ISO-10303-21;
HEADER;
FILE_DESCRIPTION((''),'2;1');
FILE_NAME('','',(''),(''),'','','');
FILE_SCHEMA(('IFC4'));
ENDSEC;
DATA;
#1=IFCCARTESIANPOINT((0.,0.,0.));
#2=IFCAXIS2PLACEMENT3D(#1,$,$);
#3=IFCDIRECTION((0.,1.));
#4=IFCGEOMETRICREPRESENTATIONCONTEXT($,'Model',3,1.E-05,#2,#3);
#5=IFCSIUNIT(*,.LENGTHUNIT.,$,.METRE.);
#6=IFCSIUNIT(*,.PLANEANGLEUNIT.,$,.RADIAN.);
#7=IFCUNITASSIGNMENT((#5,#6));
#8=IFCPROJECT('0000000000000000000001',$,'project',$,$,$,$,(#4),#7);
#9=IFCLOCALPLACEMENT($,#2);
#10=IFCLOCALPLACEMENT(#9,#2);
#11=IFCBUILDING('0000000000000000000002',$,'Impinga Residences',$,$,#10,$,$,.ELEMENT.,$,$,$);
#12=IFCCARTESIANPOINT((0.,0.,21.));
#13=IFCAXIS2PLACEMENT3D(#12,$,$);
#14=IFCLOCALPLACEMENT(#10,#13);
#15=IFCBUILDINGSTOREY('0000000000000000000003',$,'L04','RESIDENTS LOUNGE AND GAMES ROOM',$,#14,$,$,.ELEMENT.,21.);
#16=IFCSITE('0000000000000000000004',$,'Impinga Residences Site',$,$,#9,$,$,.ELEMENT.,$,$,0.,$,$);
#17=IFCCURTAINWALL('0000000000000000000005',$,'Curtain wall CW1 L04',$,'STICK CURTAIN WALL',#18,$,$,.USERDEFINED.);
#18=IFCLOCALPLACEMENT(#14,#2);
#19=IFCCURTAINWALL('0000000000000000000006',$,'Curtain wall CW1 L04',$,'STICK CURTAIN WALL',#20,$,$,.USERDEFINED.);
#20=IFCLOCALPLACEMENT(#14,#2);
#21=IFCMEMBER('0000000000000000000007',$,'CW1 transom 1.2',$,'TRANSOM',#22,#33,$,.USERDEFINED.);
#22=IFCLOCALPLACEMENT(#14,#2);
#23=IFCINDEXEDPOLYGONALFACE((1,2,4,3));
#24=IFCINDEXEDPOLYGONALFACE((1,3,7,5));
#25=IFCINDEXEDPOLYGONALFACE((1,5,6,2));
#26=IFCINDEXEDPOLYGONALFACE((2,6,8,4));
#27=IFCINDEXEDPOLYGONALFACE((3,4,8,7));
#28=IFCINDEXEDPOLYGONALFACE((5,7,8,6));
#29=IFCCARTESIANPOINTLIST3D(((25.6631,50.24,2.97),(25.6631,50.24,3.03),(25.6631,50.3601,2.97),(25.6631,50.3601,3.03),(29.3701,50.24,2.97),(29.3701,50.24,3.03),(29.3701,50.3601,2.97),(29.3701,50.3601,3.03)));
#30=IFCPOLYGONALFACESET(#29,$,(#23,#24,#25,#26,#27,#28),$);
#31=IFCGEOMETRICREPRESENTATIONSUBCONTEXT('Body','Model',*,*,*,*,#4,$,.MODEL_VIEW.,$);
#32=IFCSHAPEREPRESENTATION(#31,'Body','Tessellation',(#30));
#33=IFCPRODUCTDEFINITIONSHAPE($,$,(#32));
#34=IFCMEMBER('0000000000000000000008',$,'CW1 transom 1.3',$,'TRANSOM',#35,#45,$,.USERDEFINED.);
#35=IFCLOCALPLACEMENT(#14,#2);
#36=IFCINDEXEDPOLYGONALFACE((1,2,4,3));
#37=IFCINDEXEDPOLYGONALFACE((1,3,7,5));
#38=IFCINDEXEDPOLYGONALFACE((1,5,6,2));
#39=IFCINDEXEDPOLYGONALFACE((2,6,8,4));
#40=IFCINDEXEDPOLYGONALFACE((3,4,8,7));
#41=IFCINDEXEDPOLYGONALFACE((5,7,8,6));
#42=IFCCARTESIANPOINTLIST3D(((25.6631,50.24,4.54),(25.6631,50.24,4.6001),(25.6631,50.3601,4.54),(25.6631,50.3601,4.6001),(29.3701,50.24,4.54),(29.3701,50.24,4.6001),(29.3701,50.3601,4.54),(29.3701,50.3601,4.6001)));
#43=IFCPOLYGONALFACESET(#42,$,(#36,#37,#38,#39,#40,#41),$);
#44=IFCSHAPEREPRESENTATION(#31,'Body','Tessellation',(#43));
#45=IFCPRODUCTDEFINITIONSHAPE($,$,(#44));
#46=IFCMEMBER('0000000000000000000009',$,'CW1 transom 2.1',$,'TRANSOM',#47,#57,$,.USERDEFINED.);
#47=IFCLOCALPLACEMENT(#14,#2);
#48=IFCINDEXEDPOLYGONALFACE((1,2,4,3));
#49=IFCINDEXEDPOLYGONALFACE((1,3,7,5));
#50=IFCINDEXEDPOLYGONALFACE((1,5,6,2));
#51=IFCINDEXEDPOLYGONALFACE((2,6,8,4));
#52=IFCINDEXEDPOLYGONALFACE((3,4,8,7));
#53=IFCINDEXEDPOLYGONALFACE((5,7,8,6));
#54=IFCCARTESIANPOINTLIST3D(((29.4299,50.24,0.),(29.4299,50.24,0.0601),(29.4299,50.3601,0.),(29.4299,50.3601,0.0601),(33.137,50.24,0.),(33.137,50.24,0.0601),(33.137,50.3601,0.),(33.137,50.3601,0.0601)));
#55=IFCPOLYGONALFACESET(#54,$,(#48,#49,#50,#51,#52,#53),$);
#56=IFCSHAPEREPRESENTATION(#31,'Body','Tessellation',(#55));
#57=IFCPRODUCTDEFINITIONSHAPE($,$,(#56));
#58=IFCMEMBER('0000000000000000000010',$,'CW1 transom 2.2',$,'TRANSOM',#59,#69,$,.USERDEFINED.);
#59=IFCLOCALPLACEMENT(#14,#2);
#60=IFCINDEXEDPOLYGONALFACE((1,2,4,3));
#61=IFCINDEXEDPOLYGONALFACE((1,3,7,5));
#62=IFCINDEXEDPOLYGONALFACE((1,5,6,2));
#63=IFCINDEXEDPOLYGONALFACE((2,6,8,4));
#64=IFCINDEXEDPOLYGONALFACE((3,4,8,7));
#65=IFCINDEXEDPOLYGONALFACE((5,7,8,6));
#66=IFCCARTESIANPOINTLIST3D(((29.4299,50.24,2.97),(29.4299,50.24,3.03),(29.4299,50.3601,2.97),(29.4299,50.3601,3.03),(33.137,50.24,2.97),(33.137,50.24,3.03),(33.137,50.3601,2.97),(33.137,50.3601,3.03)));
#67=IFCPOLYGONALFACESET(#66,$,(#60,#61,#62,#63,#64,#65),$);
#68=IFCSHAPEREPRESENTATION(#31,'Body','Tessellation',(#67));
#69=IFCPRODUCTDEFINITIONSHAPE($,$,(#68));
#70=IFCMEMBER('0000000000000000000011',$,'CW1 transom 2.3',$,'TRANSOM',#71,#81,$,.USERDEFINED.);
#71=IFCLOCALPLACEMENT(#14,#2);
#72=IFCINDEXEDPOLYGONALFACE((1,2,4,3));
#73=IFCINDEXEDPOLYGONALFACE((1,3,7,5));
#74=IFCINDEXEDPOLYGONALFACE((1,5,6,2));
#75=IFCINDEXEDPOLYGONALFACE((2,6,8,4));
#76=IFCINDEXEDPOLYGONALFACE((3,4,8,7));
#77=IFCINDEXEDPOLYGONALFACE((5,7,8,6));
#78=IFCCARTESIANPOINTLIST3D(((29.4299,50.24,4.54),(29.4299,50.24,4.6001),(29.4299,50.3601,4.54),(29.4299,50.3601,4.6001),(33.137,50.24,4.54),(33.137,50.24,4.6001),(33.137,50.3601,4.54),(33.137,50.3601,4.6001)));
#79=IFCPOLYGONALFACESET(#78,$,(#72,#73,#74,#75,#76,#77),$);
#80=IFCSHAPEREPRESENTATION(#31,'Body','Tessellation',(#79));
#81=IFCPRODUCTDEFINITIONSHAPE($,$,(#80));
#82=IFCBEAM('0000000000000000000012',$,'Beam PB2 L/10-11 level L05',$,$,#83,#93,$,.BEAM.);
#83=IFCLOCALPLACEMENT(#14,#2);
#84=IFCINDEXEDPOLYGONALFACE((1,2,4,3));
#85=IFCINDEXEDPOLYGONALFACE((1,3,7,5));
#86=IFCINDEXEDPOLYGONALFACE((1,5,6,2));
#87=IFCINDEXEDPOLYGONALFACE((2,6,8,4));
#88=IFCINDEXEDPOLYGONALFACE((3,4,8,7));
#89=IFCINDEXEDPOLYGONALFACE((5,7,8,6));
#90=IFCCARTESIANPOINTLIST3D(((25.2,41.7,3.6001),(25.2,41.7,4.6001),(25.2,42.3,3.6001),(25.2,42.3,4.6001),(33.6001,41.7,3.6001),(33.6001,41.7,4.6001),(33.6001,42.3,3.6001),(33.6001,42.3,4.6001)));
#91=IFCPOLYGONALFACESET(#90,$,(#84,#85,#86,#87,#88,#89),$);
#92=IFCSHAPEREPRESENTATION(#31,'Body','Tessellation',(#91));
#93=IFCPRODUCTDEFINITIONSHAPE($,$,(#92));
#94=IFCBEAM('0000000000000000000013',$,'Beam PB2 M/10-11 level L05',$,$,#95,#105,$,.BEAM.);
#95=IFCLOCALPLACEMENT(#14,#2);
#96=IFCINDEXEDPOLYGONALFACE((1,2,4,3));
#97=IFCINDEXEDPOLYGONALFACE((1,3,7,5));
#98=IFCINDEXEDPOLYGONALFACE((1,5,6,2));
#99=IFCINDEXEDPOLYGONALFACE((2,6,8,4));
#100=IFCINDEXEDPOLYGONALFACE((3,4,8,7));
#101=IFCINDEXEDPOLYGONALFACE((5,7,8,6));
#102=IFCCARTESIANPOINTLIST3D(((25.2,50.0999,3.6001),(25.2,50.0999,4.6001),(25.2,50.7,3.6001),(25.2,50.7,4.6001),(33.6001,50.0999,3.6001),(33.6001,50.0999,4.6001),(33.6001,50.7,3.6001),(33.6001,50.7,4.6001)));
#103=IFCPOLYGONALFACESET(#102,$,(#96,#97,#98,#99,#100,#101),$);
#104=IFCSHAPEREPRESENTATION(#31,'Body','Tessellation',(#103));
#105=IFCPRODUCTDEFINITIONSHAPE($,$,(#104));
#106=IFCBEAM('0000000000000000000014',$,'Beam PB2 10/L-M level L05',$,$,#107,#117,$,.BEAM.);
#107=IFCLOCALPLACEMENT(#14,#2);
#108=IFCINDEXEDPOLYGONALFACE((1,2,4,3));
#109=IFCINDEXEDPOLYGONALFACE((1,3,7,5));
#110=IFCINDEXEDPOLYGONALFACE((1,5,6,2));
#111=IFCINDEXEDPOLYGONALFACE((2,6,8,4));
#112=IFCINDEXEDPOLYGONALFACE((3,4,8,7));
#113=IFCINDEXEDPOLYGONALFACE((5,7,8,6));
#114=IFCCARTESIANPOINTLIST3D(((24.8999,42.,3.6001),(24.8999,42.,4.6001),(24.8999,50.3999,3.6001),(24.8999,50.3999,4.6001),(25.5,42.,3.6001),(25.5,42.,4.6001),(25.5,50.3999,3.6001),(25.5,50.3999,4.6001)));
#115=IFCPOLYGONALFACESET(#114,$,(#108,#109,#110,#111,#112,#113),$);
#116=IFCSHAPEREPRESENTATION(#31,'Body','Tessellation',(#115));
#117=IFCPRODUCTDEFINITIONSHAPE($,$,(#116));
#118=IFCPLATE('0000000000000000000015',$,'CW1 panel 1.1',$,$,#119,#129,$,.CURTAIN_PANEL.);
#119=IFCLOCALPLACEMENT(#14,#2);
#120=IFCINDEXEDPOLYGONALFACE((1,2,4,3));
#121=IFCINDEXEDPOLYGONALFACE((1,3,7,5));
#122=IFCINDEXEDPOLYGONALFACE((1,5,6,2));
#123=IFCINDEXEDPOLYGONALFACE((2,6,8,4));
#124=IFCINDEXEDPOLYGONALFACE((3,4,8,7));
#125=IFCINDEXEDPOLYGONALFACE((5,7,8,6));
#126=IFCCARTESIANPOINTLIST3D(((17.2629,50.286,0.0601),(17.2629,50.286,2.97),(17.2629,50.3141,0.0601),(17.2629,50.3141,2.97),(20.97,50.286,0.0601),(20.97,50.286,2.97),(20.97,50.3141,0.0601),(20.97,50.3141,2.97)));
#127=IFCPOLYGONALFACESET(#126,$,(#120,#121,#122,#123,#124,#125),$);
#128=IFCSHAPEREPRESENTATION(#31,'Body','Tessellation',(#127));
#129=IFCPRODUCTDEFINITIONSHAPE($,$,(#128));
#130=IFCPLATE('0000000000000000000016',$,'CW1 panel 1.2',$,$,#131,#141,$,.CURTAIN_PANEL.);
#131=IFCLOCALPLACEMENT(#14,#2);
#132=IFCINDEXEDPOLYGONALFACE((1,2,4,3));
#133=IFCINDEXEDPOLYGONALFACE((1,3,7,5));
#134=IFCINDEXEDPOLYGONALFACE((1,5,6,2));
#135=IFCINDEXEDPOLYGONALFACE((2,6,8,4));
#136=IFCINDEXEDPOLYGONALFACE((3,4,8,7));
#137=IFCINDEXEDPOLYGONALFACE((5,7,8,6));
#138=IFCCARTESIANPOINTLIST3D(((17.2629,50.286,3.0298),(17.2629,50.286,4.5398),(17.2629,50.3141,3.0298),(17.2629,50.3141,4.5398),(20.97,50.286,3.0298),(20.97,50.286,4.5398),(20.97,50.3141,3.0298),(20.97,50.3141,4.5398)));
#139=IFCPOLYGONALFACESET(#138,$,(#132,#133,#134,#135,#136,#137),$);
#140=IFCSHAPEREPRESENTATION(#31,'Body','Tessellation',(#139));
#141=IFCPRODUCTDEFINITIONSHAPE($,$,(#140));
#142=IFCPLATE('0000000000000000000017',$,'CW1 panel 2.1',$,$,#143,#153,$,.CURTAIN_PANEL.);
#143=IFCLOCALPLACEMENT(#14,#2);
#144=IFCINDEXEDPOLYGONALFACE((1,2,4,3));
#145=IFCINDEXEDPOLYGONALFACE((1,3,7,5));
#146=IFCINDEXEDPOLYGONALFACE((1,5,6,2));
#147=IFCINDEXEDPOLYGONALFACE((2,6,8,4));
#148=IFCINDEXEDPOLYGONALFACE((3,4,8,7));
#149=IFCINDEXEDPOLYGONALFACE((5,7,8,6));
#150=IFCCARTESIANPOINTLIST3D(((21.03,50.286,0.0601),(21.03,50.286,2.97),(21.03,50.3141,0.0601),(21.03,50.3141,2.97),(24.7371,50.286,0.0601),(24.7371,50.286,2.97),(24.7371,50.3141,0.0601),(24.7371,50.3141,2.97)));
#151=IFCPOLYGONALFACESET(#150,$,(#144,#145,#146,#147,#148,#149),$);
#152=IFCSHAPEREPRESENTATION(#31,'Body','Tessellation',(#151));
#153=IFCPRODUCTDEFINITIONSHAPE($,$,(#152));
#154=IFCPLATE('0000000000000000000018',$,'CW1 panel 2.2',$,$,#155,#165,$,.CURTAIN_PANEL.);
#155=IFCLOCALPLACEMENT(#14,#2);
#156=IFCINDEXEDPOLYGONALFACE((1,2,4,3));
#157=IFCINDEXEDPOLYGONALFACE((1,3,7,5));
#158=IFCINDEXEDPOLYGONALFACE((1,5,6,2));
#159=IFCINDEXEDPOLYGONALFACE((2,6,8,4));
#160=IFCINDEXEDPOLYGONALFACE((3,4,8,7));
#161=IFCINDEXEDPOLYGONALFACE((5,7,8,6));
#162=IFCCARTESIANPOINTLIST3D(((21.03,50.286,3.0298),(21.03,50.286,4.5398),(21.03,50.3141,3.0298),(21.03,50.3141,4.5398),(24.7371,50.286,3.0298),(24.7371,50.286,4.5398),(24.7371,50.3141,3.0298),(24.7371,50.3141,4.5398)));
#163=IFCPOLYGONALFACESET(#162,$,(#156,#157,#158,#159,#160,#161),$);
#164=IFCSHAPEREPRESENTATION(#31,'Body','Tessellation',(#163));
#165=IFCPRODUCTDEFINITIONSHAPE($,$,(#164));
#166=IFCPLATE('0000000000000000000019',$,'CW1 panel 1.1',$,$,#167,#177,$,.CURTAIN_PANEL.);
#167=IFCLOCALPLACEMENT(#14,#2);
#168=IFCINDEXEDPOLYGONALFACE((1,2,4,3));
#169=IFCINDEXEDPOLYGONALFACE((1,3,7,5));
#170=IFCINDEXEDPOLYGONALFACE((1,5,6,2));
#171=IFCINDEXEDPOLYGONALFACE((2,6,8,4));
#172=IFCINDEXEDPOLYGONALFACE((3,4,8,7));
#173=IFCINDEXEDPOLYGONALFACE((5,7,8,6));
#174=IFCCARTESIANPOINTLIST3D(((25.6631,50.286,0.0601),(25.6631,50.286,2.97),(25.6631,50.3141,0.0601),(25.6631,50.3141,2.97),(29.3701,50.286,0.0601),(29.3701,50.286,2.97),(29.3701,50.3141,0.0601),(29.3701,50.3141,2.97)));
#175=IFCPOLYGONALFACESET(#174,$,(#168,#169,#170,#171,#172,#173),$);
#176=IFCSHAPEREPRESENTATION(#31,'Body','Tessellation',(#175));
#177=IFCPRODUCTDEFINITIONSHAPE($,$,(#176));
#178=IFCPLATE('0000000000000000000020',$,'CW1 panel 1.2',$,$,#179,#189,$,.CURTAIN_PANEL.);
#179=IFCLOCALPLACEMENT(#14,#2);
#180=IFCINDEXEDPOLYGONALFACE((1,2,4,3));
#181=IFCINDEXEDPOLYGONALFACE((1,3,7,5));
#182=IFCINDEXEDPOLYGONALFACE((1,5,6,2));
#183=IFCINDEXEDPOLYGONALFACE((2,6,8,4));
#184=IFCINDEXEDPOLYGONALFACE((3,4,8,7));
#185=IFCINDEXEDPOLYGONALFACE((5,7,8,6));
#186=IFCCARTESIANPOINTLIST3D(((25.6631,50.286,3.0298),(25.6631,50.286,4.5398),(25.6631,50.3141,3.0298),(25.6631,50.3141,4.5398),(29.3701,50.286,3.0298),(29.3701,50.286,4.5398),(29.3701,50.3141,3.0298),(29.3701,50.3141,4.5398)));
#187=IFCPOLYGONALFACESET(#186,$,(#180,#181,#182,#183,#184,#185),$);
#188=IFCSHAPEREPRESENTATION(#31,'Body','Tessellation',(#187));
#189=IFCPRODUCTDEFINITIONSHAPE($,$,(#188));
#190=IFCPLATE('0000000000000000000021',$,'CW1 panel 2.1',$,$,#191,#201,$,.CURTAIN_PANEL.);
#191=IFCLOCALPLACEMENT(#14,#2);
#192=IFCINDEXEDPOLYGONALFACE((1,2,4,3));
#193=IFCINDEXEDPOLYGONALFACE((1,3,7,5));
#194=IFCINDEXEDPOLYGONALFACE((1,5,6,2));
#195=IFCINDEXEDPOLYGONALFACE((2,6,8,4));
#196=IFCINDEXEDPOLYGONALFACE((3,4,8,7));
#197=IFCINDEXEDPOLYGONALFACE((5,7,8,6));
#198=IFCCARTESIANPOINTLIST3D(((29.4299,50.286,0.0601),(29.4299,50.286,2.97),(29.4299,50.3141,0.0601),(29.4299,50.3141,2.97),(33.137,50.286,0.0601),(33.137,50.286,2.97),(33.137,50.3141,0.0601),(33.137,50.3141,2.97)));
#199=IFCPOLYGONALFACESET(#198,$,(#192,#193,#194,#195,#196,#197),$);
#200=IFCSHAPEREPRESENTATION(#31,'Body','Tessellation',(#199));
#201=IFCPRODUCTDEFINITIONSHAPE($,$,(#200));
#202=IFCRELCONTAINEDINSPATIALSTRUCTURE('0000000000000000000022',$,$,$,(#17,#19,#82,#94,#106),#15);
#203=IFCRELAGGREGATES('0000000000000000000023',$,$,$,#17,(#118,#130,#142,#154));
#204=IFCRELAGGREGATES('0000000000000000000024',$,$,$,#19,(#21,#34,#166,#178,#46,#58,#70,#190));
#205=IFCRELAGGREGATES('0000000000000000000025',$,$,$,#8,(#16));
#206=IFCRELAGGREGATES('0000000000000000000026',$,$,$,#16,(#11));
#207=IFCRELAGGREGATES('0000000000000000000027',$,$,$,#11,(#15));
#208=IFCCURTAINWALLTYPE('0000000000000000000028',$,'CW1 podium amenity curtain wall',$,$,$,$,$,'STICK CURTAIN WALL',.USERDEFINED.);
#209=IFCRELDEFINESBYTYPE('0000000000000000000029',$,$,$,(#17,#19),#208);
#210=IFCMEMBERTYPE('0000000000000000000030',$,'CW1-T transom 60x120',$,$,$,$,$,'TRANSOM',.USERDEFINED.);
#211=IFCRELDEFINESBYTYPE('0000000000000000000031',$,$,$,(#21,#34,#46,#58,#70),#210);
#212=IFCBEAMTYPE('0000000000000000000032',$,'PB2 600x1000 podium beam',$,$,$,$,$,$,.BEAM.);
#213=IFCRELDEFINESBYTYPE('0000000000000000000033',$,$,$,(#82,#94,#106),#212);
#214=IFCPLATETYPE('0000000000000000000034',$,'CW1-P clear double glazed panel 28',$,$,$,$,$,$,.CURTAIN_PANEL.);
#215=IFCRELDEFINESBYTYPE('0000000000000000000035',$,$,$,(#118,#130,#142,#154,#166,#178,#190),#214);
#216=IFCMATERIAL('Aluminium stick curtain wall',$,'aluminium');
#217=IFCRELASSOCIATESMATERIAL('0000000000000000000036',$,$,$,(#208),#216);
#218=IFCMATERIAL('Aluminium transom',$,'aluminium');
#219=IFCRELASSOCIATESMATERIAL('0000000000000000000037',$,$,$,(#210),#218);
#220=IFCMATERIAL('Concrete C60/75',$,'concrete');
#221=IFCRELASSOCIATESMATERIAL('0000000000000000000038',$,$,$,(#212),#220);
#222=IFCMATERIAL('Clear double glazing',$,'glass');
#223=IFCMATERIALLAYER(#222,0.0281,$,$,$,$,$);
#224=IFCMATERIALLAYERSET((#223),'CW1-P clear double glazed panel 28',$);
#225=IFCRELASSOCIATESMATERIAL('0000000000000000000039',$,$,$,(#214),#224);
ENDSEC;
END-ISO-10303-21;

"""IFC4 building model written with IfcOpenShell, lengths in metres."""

from ifc_helpers import new_model, si_unit, direction, frame, origin, origin_2d, place, context, subcontext, project, spatial, rectangle, extrude, material, layer, layer_set, material_profile, profile_set, type_object, element, aggregate, save


model = new_model("IFC4")

# Units and contexts
model_context = context("Model", 3, precision=1e-05, world=origin(), true_north=direction((0.0, 1.0)))
body_context = subcontext(model_context, "Body", "Model", "MODEL_VIEW")
ifc_project = project(units=[si_unit("LENGTHUNIT", "METRE"), si_unit("PLANEANGLEUNIT", "RADIAN")], contexts=[model_context])

# Site, building, storey
site_placement = place(None, origin())
site = spatial("IfcSite", under=ifc_project, at=site_placement, Name="Impinga Residences Site", CompositionType="ELEMENT", RefElevation=0.0)
building_placement = place(site_placement, origin())
building = spatial("IfcBuilding", under=site, at=building_placement, Name="Impinga Residences", CompositionType="ELEMENT")
storey_placement = place(building_placement, frame((0.0, 0.0, 21.0)))
storey = spatial("IfcBuildingStorey", under=building, at=storey_placement, Name="L04", Description="RESIDENTS LOUNGE AND GAMES ROOM", CompositionType="ELEMENT", Elevation=21.0)

# Curtain walls
ifc_material_1 = material(Name="Aluminium stick curtain wall", Category="aluminium")
curtain_wall_type = type_object("IfcCurtainWallType", Name="CW1 podium amenity curtain wall", ElementType="STICK CURTAIN WALL", PredefinedType="USERDEFINED", material=ifc_material_1)
curtain_wall_1_placement = place(storey_placement, origin())
curtain_wall_1 = element("IfcCurtainWall", 1, at=curtain_wall_1_placement, inside=storey, type_object=curtain_wall_type, Name="Curtain wall CW1 L04", ObjectType="STICK CURTAIN WALL", PredefinedType="USERDEFINED")
curtain_wall_2_placement = place(storey_placement, origin())
curtain_wall_2 = element("IfcCurtainWall", 2, at=curtain_wall_2_placement, inside=storey, type_object=curtain_wall_type, Name="Curtain wall CW1 L04", ObjectType="STICK CURTAIN WALL", PredefinedType="USERDEFINED")

# Members
ifc_material_2 = material(Name="Aluminium transom", Category="aluminium")
ifc_material_profile_1 = material_profile(ifc_material_2, rectangle(XDim=0.0601, YDim=0.1201, at=origin_2d()), Name="60x120 transom")
ifc_profile_set_1 = profile_set([ifc_material_profile_1], Name="Aluminium transom")
member_type_1 = type_object("IfcMemberType", Name="CW1-T transom 60x120", ElementType="TRANSOM", PredefinedType="USERDEFINED", material=ifc_profile_set_1)
member_1_placement = place(storey_placement, frame((25.6631, 50.3, 3.0), z_axis=(1.0, 0.0, 0.0), x_axis=(0.0, 0.0, 1.0)))
member_1 = element("IfcMember", 3, at=member_1_placement, type_object=member_type_1, Name="CW1 transom 1.2", ObjectType="TRANSOM", PredefinedType="USERDEFINED", context=body_context, shape_type="SweptSolid", body=[
    extrude(rectangle(XDim=0.0601, YDim=0.1201, at=origin_2d()), origin(), (0.0, 0.0, 1.0), 3.707),
])
member_2_placement = place(storey_placement, frame((25.6631, 50.3, 4.5701), z_axis=(1.0, 0.0, 0.0), x_axis=(0.0, 0.0, 1.0)))
member_2 = element("IfcMember", 4, at=member_2_placement, type_object=member_type_1, Name="CW1 transom 1.3", ObjectType="TRANSOM", PredefinedType="USERDEFINED", context=body_context, shape_type="SweptSolid", body=[
    extrude(rectangle(XDim=0.0601, YDim=0.1201, at=origin_2d()), origin(), (0.0, 0.0, 1.0), 3.707),
])
member_3_placement = place(storey_placement, frame((29.4299, 50.3, 0.03), z_axis=(1.0, 0.0, 0.0), x_axis=(0.0, 0.0, 1.0)))
member_3 = element("IfcMember", 5, at=member_3_placement, type_object=member_type_1, Name="CW1 transom 2.1", ObjectType="TRANSOM", PredefinedType="USERDEFINED", context=body_context, shape_type="SweptSolid", body=[
    extrude(rectangle(XDim=0.0601, YDim=0.1201, at=origin_2d()), origin(), (0.0, 0.0, 1.0), 3.707),
])
member_4_placement = place(storey_placement, frame((29.4299, 50.3, 3.0), z_axis=(1.0, 0.0, 0.0), x_axis=(0.0, 0.0, 1.0)))
member_4 = element("IfcMember", 6, at=member_4_placement, type_object=member_type_1, Name="CW1 transom 2.2", ObjectType="TRANSOM", PredefinedType="USERDEFINED", context=body_context, shape_type="SweptSolid", body=[
    extrude(rectangle(XDim=0.0601, YDim=0.1201, at=origin_2d()), origin(), (0.0, 0.0, 1.0), 3.707),
])
member_5_placement = place(storey_placement, frame((29.4299, 50.3, 4.5701), z_axis=(1.0, 0.0, 0.0), x_axis=(0.0, 0.0, 1.0)))
member_5 = element("IfcMember", 7, at=member_5_placement, type_object=member_type_1, Name="CW1 transom 2.3", ObjectType="TRANSOM", PredefinedType="USERDEFINED", context=body_context, shape_type="SweptSolid", body=[
    extrude(rectangle(XDim=0.0601, YDim=0.1201, at=origin_2d()), origin(), (0.0, 0.0, 1.0), 3.707),
])

# Beams
ifc_material_3 = material(Name="Concrete C60/75", Category="concrete")
ifc_material_profile_2 = material_profile(ifc_material_3, rectangle(XDim=0.6001, YDim=1.0, at=origin_2d()), Name="RC 600x1000")
ifc_profile_set_2 = profile_set([ifc_material_profile_2], Name="Concrete C60/75")
beam_type = type_object("IfcBeamType", Name="PB2 600x1000 podium beam", PredefinedType="BEAM", material=ifc_profile_set_2)
for number, where, z_axis, x_axis, name in (
    (8, (25.2, 42.0, 4.1001), (1.0, 0.0, 0.0), (0.0, 1.0, 0.0), "Beam PB2 L/10-11 level L05"),
    (9, (25.2, 50.3999, 4.1001), (1.0, 0.0, 0.0), (0.0, 1.0, 0.0), "Beam PB2 M/10-11 level L05"),
):
    element("IfcBeam", number, at=place(storey_placement, frame(where, z_axis=z_axis, x_axis=x_axis)), inside=storey, type_object=beam_type, Name=name, PredefinedType="BEAM", context=body_context, shape_type="SweptSolid", body=[
        extrude(rectangle(XDim=0.6001, YDim=1.0, at=origin_2d()), origin(), (0.0, 0.0, 1.0), 8.4001),
    ])
beam_placement = place(storey_placement, frame((25.2, 42.0, 4.1001), z_axis=(0.0, 1.0, 0.0), x_axis=(-1.0, 0.0, 0.0)))
element("IfcBeam", 10, at=beam_placement, inside=storey, type_object=beam_type, Name="Beam PB2 10/L-M level L05", PredefinedType="BEAM", context=body_context, shape_type="SweptSolid", body=[
    extrude(rectangle(XDim=0.6001, YDim=1.0, at=origin_2d()), origin(), (0.0, 0.0, 1.0), 8.3999),
])

# Plates
ifc_material_4 = material(Name="Clear double glazing", Category="glass")
ifc_layer = layer(ifc_material_4, 0.0281)
ifc_layer_set = layer_set([ifc_layer], Name="CW1-P clear double glazed panel 28")
plate_type = type_object("IfcPlateType", Name="CW1-P clear double glazed panel 28", PredefinedType="CURTAIN_PANEL", material=ifc_layer_set)
plate_1_placement = place(storey_placement, frame((19.1165, 50.3, 0.0601), z_axis=(0.0, 0.0, 1.0), x_axis=(1.0, 0.0, 0.0)))
plate_1 = element("IfcPlate", 11, at=plate_1_placement, type_object=plate_type, Name="CW1 panel 1.1", PredefinedType="CURTAIN_PANEL", context=body_context, shape_type="SweptSolid", body=[
    extrude(rectangle(XDim=3.707, YDim=0.0281, at=origin_2d()), origin(), (0.0, 0.0, 1.0), 2.9099),
])
plate_2_placement = place(storey_placement, frame((19.1165, 50.3, 3.0298), z_axis=(0.0, 0.0, 1.0), x_axis=(1.0, 0.0, 0.0)))
plate_2 = element("IfcPlate", 12, at=plate_2_placement, type_object=plate_type, Name="CW1 panel 1.2", PredefinedType="CURTAIN_PANEL", context=body_context, shape_type="SweptSolid", body=[
    extrude(rectangle(XDim=3.707, YDim=0.0281, at=origin_2d()), origin(), (0.0, 0.0, 1.0), 1.51),
])
plate_3_placement = place(storey_placement, frame((22.8835, 50.3, 0.0601), z_axis=(0.0, 0.0, 1.0), x_axis=(1.0, 0.0, 0.0)))
plate_3 = element("IfcPlate", 13, at=plate_3_placement, type_object=plate_type, Name="CW1 panel 2.1", PredefinedType="CURTAIN_PANEL", context=body_context, shape_type="SweptSolid", body=[
    extrude(rectangle(XDim=3.707, YDim=0.0281, at=origin_2d()), origin(), (0.0, 0.0, 1.0), 2.9099),
])
plate_4_placement = place(storey_placement, frame((22.8835, 50.3, 3.0298), z_axis=(0.0, 0.0, 1.0), x_axis=(1.0, 0.0, 0.0)))
plate_4 = element("IfcPlate", 14, at=plate_4_placement, type_object=plate_type, Name="CW1 panel 2.2", PredefinedType="CURTAIN_PANEL", context=body_context, shape_type="SweptSolid", body=[
    extrude(rectangle(XDim=3.707, YDim=0.0281, at=origin_2d()), origin(), (0.0, 0.0, 1.0), 1.51),
])
aggregate(curtain_wall_1, [plate_1, plate_2, plate_3, plate_4])
plate_5_placement = place(storey_placement, frame((27.5166, 50.3, 0.0601), z_axis=(0.0, 0.0, 1.0), x_axis=(1.0, 0.0, 0.0)))
plate_5 = element("IfcPlate", 15, at=plate_5_placement, type_object=plate_type, Name="CW1 panel 1.1", PredefinedType="CURTAIN_PANEL", context=body_context, shape_type="SweptSolid", body=[
    extrude(rectangle(XDim=3.707, YDim=0.0281, at=origin_2d()), origin(), (0.0, 0.0, 1.0), 2.9099),
])
plate_6_placement = place(storey_placement, frame((27.5166, 50.3, 3.0298), z_axis=(0.0, 0.0, 1.0), x_axis=(1.0, 0.0, 0.0)))
plate_6 = element("IfcPlate", 16, at=plate_6_placement, type_object=plate_type, Name="CW1 panel 1.2", PredefinedType="CURTAIN_PANEL", context=body_context, shape_type="SweptSolid", body=[
    extrude(rectangle(XDim=3.707, YDim=0.0281, at=origin_2d()), origin(), (0.0, 0.0, 1.0), 1.51),
])
plate_7_placement = place(storey_placement, frame((31.2834, 50.3, 0.0601), z_axis=(0.0, 0.0, 1.0), x_axis=(1.0, 0.0, 0.0)))
plate_7 = element("IfcPlate", 17, at=plate_7_placement, type_object=plate_type, Name="CW1 panel 2.1", PredefinedType="CURTAIN_PANEL", context=body_context, shape_type="SweptSolid", body=[
    extrude(rectangle(XDim=3.707, YDim=0.0281, at=origin_2d()), origin(), (0.0, 0.0, 1.0), 2.9099),
])
aggregate(curtain_wall_2, [member_1, member_2, plate_5, plate_6, member_3, member_4, member_5, plate_7])

save(model, "model.ifc")
